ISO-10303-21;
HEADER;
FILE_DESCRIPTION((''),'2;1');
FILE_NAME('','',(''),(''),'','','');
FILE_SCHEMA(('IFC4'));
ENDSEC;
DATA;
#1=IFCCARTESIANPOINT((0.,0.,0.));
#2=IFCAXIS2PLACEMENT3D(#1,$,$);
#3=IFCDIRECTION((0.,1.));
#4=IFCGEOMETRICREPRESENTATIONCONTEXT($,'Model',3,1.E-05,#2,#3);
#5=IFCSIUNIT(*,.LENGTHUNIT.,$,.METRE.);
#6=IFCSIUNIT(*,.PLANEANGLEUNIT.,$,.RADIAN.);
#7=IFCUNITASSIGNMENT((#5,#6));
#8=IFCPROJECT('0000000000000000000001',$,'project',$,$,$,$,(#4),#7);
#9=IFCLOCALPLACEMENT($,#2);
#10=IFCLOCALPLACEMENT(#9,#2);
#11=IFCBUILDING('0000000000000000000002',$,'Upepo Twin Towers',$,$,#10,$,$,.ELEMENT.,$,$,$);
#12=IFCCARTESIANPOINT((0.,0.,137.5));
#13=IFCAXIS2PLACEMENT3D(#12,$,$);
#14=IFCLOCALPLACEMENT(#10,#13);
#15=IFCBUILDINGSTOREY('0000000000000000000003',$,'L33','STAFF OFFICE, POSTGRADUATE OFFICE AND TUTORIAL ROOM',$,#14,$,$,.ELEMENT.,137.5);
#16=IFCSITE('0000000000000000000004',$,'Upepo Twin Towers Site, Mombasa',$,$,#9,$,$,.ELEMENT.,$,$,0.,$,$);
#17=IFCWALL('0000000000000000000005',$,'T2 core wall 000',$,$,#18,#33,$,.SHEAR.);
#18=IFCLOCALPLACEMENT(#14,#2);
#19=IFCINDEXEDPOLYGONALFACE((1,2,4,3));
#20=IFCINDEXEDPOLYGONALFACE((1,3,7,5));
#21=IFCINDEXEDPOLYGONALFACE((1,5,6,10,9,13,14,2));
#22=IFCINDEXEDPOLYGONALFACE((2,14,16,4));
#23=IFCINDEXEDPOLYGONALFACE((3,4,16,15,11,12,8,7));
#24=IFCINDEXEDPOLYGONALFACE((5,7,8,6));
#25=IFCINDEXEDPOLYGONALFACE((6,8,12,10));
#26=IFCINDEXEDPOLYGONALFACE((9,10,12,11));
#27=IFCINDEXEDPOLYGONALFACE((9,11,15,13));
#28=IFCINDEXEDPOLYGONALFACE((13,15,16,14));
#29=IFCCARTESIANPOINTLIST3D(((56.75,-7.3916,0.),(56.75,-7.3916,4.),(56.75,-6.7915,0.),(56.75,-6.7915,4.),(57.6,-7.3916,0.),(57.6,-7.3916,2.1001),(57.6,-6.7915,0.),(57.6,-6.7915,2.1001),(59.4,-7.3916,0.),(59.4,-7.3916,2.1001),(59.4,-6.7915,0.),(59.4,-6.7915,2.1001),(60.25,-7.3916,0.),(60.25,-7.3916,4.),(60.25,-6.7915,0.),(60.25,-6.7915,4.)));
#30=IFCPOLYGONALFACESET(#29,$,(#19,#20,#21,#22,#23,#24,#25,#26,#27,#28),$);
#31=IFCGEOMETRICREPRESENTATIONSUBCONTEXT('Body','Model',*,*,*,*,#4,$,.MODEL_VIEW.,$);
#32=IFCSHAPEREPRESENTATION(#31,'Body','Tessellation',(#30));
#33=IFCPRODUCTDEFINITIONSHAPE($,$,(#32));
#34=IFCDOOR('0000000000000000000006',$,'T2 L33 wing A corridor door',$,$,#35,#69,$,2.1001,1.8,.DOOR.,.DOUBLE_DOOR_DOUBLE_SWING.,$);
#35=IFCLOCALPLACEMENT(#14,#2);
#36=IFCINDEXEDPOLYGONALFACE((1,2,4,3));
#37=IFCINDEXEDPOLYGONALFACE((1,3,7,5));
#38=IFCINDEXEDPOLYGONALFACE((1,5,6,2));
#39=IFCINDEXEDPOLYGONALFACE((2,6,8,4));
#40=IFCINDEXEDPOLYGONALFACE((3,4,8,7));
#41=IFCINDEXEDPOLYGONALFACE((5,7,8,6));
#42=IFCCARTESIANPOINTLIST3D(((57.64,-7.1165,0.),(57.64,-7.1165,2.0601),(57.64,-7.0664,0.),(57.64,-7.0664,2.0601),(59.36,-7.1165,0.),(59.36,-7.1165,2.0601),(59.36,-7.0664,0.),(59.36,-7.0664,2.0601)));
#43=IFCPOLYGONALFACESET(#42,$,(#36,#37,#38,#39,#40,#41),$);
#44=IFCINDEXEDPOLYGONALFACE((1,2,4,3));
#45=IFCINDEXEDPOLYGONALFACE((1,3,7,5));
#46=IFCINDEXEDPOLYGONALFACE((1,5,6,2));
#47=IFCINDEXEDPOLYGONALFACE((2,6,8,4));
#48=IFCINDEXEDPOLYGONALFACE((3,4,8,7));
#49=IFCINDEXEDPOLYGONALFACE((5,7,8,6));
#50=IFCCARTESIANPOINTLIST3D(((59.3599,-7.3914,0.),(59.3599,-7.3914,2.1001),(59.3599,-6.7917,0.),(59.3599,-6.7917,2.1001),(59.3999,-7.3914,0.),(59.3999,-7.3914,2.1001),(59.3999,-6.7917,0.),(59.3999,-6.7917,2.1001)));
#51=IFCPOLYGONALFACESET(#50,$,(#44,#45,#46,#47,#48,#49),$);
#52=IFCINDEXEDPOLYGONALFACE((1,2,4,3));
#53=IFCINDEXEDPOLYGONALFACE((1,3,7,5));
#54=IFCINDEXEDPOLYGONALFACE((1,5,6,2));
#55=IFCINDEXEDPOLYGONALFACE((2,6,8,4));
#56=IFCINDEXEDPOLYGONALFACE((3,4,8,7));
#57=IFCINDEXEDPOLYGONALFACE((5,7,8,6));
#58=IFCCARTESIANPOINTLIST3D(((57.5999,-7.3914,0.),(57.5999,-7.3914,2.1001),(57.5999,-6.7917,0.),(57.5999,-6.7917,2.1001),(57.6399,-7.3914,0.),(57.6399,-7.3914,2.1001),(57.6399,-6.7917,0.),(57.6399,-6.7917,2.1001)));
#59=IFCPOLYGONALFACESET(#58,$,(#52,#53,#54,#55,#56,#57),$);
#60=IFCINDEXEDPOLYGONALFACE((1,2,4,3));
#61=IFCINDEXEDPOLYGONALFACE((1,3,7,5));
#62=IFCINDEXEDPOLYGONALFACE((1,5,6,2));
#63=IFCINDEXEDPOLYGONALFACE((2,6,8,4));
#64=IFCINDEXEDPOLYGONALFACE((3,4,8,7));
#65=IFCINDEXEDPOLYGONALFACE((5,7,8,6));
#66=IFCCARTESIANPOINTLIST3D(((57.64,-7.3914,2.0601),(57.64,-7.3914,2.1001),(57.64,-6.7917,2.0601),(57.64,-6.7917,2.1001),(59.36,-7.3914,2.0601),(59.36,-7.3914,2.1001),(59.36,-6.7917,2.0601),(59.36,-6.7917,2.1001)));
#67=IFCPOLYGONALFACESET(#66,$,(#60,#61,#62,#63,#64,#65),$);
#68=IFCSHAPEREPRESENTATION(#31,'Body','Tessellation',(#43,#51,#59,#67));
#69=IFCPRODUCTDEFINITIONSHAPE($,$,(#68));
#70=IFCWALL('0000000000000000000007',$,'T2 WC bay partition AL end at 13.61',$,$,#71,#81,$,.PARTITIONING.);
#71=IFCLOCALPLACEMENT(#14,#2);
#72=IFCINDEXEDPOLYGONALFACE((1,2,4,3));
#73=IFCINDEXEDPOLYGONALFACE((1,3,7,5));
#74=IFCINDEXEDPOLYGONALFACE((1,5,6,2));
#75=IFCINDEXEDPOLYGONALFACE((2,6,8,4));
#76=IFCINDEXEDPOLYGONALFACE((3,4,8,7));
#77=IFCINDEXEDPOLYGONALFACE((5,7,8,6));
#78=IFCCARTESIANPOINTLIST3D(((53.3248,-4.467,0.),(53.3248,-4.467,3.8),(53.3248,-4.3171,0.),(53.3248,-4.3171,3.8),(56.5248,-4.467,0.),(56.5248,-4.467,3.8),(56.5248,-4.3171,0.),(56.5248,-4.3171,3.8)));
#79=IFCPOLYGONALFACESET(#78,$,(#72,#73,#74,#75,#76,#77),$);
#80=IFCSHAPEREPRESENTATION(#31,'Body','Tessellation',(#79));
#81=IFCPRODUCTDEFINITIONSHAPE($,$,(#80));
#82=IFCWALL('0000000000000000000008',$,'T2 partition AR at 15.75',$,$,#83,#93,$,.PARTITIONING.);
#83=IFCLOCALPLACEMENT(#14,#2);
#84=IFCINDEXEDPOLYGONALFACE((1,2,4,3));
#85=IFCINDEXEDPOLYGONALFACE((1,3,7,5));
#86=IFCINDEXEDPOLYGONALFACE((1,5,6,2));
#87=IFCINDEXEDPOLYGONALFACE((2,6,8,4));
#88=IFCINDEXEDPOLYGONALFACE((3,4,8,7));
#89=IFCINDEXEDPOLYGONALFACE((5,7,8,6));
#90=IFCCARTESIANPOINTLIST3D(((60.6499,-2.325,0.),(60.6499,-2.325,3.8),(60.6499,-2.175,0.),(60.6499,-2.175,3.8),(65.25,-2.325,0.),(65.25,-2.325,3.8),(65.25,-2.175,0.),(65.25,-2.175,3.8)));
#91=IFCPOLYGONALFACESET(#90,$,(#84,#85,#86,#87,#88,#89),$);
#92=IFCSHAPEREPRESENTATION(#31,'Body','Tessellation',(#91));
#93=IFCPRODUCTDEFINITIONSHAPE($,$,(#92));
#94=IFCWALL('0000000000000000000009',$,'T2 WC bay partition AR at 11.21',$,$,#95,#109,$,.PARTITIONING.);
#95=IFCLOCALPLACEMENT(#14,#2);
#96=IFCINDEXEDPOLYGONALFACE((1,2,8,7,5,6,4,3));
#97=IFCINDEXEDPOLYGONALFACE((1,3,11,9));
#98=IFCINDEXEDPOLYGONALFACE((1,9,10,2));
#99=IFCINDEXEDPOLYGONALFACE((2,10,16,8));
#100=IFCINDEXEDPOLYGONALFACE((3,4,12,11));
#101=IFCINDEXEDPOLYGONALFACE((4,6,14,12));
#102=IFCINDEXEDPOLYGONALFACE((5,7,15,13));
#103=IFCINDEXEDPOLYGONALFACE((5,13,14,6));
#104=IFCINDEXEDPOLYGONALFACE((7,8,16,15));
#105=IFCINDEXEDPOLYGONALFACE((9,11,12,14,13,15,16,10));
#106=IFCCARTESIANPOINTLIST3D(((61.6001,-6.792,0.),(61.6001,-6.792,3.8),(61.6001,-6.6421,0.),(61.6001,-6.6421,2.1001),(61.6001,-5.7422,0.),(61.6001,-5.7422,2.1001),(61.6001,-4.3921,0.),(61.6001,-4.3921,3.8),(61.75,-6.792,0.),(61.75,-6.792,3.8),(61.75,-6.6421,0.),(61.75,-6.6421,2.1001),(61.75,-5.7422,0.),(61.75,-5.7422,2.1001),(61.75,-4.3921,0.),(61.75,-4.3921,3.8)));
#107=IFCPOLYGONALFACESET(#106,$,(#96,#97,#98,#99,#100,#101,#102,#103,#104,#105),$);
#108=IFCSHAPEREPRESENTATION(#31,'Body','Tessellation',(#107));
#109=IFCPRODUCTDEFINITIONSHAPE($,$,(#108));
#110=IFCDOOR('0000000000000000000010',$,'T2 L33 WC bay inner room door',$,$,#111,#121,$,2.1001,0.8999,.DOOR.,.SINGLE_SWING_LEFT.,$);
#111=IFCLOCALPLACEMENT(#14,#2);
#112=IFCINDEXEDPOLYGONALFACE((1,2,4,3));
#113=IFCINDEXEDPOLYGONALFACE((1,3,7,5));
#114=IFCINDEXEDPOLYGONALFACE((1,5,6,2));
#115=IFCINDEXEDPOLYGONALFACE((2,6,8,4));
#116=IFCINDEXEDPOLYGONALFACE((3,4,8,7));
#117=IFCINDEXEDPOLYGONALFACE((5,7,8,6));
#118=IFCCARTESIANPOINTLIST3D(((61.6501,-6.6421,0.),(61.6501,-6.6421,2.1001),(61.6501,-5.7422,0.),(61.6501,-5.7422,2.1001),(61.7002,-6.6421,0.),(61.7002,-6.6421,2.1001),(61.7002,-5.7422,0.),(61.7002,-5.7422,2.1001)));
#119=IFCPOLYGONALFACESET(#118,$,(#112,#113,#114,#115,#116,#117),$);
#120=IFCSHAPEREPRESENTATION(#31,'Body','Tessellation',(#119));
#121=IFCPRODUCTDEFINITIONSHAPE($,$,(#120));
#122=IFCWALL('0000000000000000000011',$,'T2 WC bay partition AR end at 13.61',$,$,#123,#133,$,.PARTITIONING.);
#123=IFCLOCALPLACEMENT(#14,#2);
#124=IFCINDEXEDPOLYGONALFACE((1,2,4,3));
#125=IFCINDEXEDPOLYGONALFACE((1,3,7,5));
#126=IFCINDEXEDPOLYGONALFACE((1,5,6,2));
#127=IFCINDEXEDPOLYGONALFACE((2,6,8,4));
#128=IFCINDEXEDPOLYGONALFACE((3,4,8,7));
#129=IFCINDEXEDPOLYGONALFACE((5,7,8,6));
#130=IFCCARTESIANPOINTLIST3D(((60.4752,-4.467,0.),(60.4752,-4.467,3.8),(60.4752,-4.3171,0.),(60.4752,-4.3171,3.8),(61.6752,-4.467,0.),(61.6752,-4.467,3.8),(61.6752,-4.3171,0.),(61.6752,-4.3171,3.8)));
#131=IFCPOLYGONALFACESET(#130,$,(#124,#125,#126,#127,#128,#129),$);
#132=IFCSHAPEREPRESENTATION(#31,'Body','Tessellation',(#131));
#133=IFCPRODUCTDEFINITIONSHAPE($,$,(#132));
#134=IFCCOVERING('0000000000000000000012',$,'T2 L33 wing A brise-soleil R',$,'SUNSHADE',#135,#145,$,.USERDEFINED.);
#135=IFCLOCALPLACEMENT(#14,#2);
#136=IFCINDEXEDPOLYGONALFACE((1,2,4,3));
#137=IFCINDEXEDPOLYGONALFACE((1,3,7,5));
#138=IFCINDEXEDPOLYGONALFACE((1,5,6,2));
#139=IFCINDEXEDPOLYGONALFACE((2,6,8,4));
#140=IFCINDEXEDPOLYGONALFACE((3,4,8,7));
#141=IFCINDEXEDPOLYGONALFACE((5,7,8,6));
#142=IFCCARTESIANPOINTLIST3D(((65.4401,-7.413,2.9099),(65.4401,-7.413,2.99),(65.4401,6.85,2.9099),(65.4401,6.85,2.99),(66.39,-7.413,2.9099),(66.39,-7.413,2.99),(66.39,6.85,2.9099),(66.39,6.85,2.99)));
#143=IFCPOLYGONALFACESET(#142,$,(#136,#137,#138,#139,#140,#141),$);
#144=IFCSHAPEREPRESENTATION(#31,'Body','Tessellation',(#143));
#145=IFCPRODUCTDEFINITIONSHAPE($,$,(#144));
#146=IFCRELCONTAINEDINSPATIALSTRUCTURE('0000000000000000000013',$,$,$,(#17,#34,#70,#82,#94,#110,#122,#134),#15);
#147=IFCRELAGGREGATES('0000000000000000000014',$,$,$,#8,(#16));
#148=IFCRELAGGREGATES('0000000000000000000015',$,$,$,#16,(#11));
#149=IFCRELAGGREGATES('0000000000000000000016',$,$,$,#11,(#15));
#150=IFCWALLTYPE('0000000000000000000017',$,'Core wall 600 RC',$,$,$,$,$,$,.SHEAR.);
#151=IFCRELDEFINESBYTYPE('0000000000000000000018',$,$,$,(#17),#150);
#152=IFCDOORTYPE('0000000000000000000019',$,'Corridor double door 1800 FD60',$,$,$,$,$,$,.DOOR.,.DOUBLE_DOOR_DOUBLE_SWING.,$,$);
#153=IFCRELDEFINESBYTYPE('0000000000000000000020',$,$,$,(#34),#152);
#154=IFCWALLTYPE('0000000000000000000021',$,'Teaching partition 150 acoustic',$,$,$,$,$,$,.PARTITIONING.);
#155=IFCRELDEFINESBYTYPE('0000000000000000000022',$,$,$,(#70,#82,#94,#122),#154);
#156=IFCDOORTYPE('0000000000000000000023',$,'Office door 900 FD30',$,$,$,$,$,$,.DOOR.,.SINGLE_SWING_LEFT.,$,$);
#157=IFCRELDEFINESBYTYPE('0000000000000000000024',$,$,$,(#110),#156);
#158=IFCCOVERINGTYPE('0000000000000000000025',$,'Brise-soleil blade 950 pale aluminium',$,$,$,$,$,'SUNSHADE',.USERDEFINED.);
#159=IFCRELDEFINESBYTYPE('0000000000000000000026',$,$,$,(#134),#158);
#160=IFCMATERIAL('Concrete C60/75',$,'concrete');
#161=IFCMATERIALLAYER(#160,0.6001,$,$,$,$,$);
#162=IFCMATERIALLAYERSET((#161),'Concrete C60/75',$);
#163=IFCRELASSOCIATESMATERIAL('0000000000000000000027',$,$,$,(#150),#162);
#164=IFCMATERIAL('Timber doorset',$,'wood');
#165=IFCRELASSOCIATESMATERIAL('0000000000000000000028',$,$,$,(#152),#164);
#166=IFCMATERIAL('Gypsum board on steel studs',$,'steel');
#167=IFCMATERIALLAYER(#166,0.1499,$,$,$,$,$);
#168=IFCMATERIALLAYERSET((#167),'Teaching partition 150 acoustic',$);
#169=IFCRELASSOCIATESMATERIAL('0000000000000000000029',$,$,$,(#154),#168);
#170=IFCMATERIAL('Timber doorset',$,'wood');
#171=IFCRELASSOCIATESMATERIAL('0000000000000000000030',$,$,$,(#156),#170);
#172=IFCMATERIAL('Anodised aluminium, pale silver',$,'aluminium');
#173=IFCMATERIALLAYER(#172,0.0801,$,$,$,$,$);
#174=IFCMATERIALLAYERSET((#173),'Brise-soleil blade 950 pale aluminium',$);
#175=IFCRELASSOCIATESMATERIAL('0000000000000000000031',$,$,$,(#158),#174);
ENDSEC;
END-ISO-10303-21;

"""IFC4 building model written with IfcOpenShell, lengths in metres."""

from ifc_helpers import new_model, si_unit, direction, frame, frame_2d, origin, origin_2d, place, context, subcontext, project, spatial, rectangle, extrude, material, layer, layer_set, type_object, element, fill, save


model = new_model("IFC4")

# Units and contexts
model_context = context("Model", 3, precision=1e-05, world=origin(), true_north=direction((0.0, 1.0)))
body_context = subcontext(model_context, "Body", "Model", "MODEL_VIEW")
ifc_project = project(units=[si_unit("LENGTHUNIT", "METRE"), si_unit("PLANEANGLEUNIT", "RADIAN")], contexts=[model_context])

# Site, building, storey
site_placement = place(None, origin())
site = spatial("IfcSite", under=ifc_project, at=site_placement, Name="Upepo Twin Towers Site, Mombasa", CompositionType="ELEMENT", RefElevation=0.0)
building_placement = place(site_placement, origin())
building = spatial("IfcBuilding", under=site, at=building_placement, Name="Upepo Twin Towers", CompositionType="ELEMENT")
storey_placement = place(building_placement, frame((0.0, 0.0, 137.5)))
storey = spatial("IfcBuildingStorey", under=building, at=storey_placement, Name="L33", Description="STAFF OFFICE, POSTGRADUATE OFFICE AND TUTORIAL ROOM", CompositionType="ELEMENT", Elevation=137.5)

# Shared definitions
ifc_material_1 = material(Name="Concrete C60/75", Category="concrete")
ifc_layer_1 = layer(ifc_material_1, 0.6001)
ifc_layer_set_1 = layer_set([ifc_layer_1], Name="Concrete C60/75")
wall_type_1 = type_object("IfcWallType", Name="Core wall 600 RC", PredefinedType="SHEAR", material=ifc_layer_set_1)

# Wall, opening, door
wall_1_placement = place(storey_placement, frame((60.25, -7.0916, 0.0), z_axis=(0.0, 0.0, 1.0), x_axis=(-1.0, 0.0, 0.0)))
wall_1 = element("IfcWall", 1, at=wall_1_placement, inside=storey, type_object=wall_type_1, Name="T2 core wall 000", PredefinedType="SHEAR", context=body_context, shape_type="SweptSolid", body=[
    extrude(rectangle(XDim=3.5, YDim=0.6001, at=frame_2d((1.75, 0.0))), origin(), (0.0, 0.0, 1.0), 4.0),
])
opening_1_placement = place(wall_1_placement, frame((0.8501, 0.0, 0.0)))
opening_1 = element("IfcOpeningElement", 2, at=opening_1_placement, cuts=wall_1, PredefinedType="OPENING", context=body_context, shape_type="SweptSolid", body=[
    extrude(rectangle(XDim=1.8, YDim=2.1001, at=frame_2d((0.8999, 1.05))), frame((0.0, 0.3101, 0.0), z_axis=(0.0, -1.0, 0.0), x_axis=(1.0, 0.0, 0.0)), (0.0, 0.0, 1.0), 0.6201),
])
ifc_material_2 = material(Name="Timber doorset", Category="wood")
door_type_1 = type_object("IfcDoorType", Name="Corridor double door 1800 FD60", OperationType="DOUBLE_DOOR_DOUBLE_SWING", PredefinedType="DOOR", material=ifc_material_2)
door_1_placement = place(opening_1_placement, origin())
door_1 = element("IfcDoor", 3, at=door_1_placement, inside=storey, type_object=door_type_1, Name="T2 L33 wing A corridor door", OperationType="DOUBLE_DOOR_DOUBLE_SWING", OverallHeight=2.1001, OverallWidth=1.8, PredefinedType="DOOR", context=body_context, shape_type="SweptSolid", body=[
    extrude(rectangle(XDim=1.72, YDim=2.0601, at=frame_2d((0.8999, 1.03))), frame((0.0, 0.0249, 0.0), z_axis=(0.0, -1.0, 0.0), x_axis=(1.0, 0.0, 0.0)), (0.0, 0.0, 1.0), 0.05),
    extrude(rectangle(XDim=0.04, YDim=2.1001, at=frame_2d((0.02, 1.05))), frame((0.0, 0.2998, 0.0), z_axis=(0.0, -1.0, 0.0), x_axis=(1.0, 0.0, 0.0)), (0.0, 0.0, 1.0), 0.5996),
    extrude(rectangle(XDim=0.04, YDim=2.1001, at=frame_2d((1.78, 1.05))), frame((0.0, 0.2998, 0.0), z_axis=(0.0, -1.0, 0.0), x_axis=(1.0, 0.0, 0.0)), (0.0, 0.0, 1.0), 0.5996),
    extrude(rectangle(XDim=1.72, YDim=0.04, at=frame_2d((0.8999, 2.0801))), frame((0.0, 0.2998, 0.0), z_axis=(0.0, -1.0, 0.0), x_axis=(1.0, 0.0, 0.0)), (0.0, 0.0, 1.0), 0.5996),
])
fill(opening_1, door_1)

# Walls
ifc_material_3 = material(Name="Gypsum board on steel studs", Category="steel")
ifc_layer_2 = layer(ifc_material_3, 0.1499)
ifc_layer_set_2 = layer_set([ifc_layer_2], Name="Teaching partition 150 acoustic")
wall_type_2 = type_object("IfcWallType", Name="Teaching partition 150 acoustic", PredefinedType="PARTITIONING", material=ifc_layer_set_2)
wall_2_placement = place(storey_placement, frame((56.5249, -4.3921, 0.0), z_axis=(0.0, 0.0, 1.0), x_axis=(-1.0, 0.0, 0.0)))
element("IfcWall", 4, at=wall_2_placement, inside=storey, type_object=wall_type_2, Name="T2 WC bay partition AL end at 13.61", PredefinedType="PARTITIONING", context=body_context, shape_type="SweptSolid", body=[
    extrude(rectangle(XDim=3.2, YDim=0.1499, at=frame_2d((1.6001, 0.0))), origin(), (0.0, 0.0, 1.0), 3.8),
])
wall_3_placement = place(storey_placement, frame((60.6499, -2.25, 0.0), z_axis=(0.0, 0.0, 1.0), x_axis=(1.0, 0.0, 0.0)))
element("IfcWall", 5, at=wall_3_placement, inside=storey, type_object=wall_type_2, Name="T2 partition AR at 15.75", PredefinedType="PARTITIONING", context=body_context, shape_type="SweptSolid", body=[
    extrude(rectangle(XDim=4.6001, YDim=0.1499, at=frame_2d((2.3, 0.0))), origin(), (0.0, 0.0, 1.0), 3.8),
])

# Wall, opening, door
wall_4_placement = place(storey_placement, frame((61.675, -6.792, 0.0), z_axis=(0.0, 0.0, 1.0), x_axis=(0.0, 1.0, 0.0)))
wall_4 = element("IfcWall", 6, at=wall_4_placement, inside=storey, type_object=wall_type_2, Name="T2 WC bay partition AR at 11.21", PredefinedType="PARTITIONING", context=body_context, shape_type="SweptSolid", body=[
    extrude(rectangle(XDim=2.3999, YDim=0.1499, at=frame_2d((1.2, 0.0))), origin(), (0.0, 0.0, 1.0), 3.8),
])
opening_2_placement = place(wall_4_placement, frame((0.1499, 0.0, 0.0)))
opening_2 = element("IfcOpeningElement", 7, at=opening_2_placement, cuts=wall_4, PredefinedType="OPENING", context=body_context, shape_type="SweptSolid", body=[
    extrude(rectangle(XDim=0.8999, YDim=2.1001, at=frame_2d((0.45, 1.05))), frame((0.0, 0.085, 0.0), z_axis=(0.0, -1.0, 0.0), x_axis=(1.0, 0.0, 0.0)), (0.0, 0.0, 1.0), 0.1699),
])
ifc_material_4 = material(Name="Timber doorset", Category="wood")
door_type_2 = type_object("IfcDoorType", Name="Office door 900 FD30", OperationType="SINGLE_SWING_LEFT", PredefinedType="DOOR", material=ifc_material_4)
door_2_placement = place(opening_2_placement, origin())
door_2 = element("IfcDoor", 8, at=door_2_placement, inside=storey, type_object=door_type_2, Name="T2 L33 WC bay inner room door", OperationType="SINGLE_SWING_LEFT", OverallHeight=2.1001, OverallWidth=0.8999, PredefinedType="DOOR", context=body_context, shape_type="SweptSolid", body=[
    extrude(rectangle(XDim=0.8999, YDim=2.1001, at=frame_2d((0.45, 1.05))), frame((0.0, 0.0249, 0.0), z_axis=(0.0, -1.0, 0.0), x_axis=(1.0, 0.0, 0.0)), (0.0, 0.0, 1.0), 0.05),
])
fill(opening_2, door_2)

# Wall
wall_5_placement = place(storey_placement, frame((60.4751, -4.3921, 0.0), z_axis=(0.0, 0.0, 1.0), x_axis=(1.0, 0.0, 0.0)))
element("IfcWall", 9, at=wall_5_placement, inside=storey, type_object=wall_type_2, Name="T2 WC bay partition AR end at 13.61", PredefinedType="PARTITIONING", context=body_context, shape_type="SweptSolid", body=[
    extrude(rectangle(XDim=1.2, YDim=0.1499, at=frame_2d((0.6001, 0.0))), origin(), (0.0, 0.0, 1.0), 3.8),
])

# Covering
ifc_material_5 = material(Name="Anodised aluminium, pale silver", Category="aluminium")
ifc_layer_3 = layer(ifc_material_5, 0.0801)
ifc_layer_set_3 = layer_set([ifc_layer_3], Name="Brise-soleil blade 950 pale aluminium")
covering_type = type_object("IfcCoveringType", Name="Brise-soleil blade 950 pale aluminium", ElementType="SUNSHADE", PredefinedType="USERDEFINED", material=ifc_layer_set_3)
covering_placement = place(storey_placement, frame((65.915, -0.2815, 2.9099), z_axis=(0.0, 0.0, 1.0), x_axis=(0.0, 1.0, 0.0)))
element("IfcCovering", 10, at=covering_placement, inside=storey, type_object=covering_type, Name="T2 L33 wing A brise-soleil R", ObjectType="SUNSHADE", PredefinedType="USERDEFINED", context=body_context, shape_type="SweptSolid", body=[
    extrude(rectangle(XDim=14.2629, YDim=0.95, at=origin_2d()), origin(), (0.0, 0.0, 1.0), 0.0801),
])

save(model, "model.ifc")
